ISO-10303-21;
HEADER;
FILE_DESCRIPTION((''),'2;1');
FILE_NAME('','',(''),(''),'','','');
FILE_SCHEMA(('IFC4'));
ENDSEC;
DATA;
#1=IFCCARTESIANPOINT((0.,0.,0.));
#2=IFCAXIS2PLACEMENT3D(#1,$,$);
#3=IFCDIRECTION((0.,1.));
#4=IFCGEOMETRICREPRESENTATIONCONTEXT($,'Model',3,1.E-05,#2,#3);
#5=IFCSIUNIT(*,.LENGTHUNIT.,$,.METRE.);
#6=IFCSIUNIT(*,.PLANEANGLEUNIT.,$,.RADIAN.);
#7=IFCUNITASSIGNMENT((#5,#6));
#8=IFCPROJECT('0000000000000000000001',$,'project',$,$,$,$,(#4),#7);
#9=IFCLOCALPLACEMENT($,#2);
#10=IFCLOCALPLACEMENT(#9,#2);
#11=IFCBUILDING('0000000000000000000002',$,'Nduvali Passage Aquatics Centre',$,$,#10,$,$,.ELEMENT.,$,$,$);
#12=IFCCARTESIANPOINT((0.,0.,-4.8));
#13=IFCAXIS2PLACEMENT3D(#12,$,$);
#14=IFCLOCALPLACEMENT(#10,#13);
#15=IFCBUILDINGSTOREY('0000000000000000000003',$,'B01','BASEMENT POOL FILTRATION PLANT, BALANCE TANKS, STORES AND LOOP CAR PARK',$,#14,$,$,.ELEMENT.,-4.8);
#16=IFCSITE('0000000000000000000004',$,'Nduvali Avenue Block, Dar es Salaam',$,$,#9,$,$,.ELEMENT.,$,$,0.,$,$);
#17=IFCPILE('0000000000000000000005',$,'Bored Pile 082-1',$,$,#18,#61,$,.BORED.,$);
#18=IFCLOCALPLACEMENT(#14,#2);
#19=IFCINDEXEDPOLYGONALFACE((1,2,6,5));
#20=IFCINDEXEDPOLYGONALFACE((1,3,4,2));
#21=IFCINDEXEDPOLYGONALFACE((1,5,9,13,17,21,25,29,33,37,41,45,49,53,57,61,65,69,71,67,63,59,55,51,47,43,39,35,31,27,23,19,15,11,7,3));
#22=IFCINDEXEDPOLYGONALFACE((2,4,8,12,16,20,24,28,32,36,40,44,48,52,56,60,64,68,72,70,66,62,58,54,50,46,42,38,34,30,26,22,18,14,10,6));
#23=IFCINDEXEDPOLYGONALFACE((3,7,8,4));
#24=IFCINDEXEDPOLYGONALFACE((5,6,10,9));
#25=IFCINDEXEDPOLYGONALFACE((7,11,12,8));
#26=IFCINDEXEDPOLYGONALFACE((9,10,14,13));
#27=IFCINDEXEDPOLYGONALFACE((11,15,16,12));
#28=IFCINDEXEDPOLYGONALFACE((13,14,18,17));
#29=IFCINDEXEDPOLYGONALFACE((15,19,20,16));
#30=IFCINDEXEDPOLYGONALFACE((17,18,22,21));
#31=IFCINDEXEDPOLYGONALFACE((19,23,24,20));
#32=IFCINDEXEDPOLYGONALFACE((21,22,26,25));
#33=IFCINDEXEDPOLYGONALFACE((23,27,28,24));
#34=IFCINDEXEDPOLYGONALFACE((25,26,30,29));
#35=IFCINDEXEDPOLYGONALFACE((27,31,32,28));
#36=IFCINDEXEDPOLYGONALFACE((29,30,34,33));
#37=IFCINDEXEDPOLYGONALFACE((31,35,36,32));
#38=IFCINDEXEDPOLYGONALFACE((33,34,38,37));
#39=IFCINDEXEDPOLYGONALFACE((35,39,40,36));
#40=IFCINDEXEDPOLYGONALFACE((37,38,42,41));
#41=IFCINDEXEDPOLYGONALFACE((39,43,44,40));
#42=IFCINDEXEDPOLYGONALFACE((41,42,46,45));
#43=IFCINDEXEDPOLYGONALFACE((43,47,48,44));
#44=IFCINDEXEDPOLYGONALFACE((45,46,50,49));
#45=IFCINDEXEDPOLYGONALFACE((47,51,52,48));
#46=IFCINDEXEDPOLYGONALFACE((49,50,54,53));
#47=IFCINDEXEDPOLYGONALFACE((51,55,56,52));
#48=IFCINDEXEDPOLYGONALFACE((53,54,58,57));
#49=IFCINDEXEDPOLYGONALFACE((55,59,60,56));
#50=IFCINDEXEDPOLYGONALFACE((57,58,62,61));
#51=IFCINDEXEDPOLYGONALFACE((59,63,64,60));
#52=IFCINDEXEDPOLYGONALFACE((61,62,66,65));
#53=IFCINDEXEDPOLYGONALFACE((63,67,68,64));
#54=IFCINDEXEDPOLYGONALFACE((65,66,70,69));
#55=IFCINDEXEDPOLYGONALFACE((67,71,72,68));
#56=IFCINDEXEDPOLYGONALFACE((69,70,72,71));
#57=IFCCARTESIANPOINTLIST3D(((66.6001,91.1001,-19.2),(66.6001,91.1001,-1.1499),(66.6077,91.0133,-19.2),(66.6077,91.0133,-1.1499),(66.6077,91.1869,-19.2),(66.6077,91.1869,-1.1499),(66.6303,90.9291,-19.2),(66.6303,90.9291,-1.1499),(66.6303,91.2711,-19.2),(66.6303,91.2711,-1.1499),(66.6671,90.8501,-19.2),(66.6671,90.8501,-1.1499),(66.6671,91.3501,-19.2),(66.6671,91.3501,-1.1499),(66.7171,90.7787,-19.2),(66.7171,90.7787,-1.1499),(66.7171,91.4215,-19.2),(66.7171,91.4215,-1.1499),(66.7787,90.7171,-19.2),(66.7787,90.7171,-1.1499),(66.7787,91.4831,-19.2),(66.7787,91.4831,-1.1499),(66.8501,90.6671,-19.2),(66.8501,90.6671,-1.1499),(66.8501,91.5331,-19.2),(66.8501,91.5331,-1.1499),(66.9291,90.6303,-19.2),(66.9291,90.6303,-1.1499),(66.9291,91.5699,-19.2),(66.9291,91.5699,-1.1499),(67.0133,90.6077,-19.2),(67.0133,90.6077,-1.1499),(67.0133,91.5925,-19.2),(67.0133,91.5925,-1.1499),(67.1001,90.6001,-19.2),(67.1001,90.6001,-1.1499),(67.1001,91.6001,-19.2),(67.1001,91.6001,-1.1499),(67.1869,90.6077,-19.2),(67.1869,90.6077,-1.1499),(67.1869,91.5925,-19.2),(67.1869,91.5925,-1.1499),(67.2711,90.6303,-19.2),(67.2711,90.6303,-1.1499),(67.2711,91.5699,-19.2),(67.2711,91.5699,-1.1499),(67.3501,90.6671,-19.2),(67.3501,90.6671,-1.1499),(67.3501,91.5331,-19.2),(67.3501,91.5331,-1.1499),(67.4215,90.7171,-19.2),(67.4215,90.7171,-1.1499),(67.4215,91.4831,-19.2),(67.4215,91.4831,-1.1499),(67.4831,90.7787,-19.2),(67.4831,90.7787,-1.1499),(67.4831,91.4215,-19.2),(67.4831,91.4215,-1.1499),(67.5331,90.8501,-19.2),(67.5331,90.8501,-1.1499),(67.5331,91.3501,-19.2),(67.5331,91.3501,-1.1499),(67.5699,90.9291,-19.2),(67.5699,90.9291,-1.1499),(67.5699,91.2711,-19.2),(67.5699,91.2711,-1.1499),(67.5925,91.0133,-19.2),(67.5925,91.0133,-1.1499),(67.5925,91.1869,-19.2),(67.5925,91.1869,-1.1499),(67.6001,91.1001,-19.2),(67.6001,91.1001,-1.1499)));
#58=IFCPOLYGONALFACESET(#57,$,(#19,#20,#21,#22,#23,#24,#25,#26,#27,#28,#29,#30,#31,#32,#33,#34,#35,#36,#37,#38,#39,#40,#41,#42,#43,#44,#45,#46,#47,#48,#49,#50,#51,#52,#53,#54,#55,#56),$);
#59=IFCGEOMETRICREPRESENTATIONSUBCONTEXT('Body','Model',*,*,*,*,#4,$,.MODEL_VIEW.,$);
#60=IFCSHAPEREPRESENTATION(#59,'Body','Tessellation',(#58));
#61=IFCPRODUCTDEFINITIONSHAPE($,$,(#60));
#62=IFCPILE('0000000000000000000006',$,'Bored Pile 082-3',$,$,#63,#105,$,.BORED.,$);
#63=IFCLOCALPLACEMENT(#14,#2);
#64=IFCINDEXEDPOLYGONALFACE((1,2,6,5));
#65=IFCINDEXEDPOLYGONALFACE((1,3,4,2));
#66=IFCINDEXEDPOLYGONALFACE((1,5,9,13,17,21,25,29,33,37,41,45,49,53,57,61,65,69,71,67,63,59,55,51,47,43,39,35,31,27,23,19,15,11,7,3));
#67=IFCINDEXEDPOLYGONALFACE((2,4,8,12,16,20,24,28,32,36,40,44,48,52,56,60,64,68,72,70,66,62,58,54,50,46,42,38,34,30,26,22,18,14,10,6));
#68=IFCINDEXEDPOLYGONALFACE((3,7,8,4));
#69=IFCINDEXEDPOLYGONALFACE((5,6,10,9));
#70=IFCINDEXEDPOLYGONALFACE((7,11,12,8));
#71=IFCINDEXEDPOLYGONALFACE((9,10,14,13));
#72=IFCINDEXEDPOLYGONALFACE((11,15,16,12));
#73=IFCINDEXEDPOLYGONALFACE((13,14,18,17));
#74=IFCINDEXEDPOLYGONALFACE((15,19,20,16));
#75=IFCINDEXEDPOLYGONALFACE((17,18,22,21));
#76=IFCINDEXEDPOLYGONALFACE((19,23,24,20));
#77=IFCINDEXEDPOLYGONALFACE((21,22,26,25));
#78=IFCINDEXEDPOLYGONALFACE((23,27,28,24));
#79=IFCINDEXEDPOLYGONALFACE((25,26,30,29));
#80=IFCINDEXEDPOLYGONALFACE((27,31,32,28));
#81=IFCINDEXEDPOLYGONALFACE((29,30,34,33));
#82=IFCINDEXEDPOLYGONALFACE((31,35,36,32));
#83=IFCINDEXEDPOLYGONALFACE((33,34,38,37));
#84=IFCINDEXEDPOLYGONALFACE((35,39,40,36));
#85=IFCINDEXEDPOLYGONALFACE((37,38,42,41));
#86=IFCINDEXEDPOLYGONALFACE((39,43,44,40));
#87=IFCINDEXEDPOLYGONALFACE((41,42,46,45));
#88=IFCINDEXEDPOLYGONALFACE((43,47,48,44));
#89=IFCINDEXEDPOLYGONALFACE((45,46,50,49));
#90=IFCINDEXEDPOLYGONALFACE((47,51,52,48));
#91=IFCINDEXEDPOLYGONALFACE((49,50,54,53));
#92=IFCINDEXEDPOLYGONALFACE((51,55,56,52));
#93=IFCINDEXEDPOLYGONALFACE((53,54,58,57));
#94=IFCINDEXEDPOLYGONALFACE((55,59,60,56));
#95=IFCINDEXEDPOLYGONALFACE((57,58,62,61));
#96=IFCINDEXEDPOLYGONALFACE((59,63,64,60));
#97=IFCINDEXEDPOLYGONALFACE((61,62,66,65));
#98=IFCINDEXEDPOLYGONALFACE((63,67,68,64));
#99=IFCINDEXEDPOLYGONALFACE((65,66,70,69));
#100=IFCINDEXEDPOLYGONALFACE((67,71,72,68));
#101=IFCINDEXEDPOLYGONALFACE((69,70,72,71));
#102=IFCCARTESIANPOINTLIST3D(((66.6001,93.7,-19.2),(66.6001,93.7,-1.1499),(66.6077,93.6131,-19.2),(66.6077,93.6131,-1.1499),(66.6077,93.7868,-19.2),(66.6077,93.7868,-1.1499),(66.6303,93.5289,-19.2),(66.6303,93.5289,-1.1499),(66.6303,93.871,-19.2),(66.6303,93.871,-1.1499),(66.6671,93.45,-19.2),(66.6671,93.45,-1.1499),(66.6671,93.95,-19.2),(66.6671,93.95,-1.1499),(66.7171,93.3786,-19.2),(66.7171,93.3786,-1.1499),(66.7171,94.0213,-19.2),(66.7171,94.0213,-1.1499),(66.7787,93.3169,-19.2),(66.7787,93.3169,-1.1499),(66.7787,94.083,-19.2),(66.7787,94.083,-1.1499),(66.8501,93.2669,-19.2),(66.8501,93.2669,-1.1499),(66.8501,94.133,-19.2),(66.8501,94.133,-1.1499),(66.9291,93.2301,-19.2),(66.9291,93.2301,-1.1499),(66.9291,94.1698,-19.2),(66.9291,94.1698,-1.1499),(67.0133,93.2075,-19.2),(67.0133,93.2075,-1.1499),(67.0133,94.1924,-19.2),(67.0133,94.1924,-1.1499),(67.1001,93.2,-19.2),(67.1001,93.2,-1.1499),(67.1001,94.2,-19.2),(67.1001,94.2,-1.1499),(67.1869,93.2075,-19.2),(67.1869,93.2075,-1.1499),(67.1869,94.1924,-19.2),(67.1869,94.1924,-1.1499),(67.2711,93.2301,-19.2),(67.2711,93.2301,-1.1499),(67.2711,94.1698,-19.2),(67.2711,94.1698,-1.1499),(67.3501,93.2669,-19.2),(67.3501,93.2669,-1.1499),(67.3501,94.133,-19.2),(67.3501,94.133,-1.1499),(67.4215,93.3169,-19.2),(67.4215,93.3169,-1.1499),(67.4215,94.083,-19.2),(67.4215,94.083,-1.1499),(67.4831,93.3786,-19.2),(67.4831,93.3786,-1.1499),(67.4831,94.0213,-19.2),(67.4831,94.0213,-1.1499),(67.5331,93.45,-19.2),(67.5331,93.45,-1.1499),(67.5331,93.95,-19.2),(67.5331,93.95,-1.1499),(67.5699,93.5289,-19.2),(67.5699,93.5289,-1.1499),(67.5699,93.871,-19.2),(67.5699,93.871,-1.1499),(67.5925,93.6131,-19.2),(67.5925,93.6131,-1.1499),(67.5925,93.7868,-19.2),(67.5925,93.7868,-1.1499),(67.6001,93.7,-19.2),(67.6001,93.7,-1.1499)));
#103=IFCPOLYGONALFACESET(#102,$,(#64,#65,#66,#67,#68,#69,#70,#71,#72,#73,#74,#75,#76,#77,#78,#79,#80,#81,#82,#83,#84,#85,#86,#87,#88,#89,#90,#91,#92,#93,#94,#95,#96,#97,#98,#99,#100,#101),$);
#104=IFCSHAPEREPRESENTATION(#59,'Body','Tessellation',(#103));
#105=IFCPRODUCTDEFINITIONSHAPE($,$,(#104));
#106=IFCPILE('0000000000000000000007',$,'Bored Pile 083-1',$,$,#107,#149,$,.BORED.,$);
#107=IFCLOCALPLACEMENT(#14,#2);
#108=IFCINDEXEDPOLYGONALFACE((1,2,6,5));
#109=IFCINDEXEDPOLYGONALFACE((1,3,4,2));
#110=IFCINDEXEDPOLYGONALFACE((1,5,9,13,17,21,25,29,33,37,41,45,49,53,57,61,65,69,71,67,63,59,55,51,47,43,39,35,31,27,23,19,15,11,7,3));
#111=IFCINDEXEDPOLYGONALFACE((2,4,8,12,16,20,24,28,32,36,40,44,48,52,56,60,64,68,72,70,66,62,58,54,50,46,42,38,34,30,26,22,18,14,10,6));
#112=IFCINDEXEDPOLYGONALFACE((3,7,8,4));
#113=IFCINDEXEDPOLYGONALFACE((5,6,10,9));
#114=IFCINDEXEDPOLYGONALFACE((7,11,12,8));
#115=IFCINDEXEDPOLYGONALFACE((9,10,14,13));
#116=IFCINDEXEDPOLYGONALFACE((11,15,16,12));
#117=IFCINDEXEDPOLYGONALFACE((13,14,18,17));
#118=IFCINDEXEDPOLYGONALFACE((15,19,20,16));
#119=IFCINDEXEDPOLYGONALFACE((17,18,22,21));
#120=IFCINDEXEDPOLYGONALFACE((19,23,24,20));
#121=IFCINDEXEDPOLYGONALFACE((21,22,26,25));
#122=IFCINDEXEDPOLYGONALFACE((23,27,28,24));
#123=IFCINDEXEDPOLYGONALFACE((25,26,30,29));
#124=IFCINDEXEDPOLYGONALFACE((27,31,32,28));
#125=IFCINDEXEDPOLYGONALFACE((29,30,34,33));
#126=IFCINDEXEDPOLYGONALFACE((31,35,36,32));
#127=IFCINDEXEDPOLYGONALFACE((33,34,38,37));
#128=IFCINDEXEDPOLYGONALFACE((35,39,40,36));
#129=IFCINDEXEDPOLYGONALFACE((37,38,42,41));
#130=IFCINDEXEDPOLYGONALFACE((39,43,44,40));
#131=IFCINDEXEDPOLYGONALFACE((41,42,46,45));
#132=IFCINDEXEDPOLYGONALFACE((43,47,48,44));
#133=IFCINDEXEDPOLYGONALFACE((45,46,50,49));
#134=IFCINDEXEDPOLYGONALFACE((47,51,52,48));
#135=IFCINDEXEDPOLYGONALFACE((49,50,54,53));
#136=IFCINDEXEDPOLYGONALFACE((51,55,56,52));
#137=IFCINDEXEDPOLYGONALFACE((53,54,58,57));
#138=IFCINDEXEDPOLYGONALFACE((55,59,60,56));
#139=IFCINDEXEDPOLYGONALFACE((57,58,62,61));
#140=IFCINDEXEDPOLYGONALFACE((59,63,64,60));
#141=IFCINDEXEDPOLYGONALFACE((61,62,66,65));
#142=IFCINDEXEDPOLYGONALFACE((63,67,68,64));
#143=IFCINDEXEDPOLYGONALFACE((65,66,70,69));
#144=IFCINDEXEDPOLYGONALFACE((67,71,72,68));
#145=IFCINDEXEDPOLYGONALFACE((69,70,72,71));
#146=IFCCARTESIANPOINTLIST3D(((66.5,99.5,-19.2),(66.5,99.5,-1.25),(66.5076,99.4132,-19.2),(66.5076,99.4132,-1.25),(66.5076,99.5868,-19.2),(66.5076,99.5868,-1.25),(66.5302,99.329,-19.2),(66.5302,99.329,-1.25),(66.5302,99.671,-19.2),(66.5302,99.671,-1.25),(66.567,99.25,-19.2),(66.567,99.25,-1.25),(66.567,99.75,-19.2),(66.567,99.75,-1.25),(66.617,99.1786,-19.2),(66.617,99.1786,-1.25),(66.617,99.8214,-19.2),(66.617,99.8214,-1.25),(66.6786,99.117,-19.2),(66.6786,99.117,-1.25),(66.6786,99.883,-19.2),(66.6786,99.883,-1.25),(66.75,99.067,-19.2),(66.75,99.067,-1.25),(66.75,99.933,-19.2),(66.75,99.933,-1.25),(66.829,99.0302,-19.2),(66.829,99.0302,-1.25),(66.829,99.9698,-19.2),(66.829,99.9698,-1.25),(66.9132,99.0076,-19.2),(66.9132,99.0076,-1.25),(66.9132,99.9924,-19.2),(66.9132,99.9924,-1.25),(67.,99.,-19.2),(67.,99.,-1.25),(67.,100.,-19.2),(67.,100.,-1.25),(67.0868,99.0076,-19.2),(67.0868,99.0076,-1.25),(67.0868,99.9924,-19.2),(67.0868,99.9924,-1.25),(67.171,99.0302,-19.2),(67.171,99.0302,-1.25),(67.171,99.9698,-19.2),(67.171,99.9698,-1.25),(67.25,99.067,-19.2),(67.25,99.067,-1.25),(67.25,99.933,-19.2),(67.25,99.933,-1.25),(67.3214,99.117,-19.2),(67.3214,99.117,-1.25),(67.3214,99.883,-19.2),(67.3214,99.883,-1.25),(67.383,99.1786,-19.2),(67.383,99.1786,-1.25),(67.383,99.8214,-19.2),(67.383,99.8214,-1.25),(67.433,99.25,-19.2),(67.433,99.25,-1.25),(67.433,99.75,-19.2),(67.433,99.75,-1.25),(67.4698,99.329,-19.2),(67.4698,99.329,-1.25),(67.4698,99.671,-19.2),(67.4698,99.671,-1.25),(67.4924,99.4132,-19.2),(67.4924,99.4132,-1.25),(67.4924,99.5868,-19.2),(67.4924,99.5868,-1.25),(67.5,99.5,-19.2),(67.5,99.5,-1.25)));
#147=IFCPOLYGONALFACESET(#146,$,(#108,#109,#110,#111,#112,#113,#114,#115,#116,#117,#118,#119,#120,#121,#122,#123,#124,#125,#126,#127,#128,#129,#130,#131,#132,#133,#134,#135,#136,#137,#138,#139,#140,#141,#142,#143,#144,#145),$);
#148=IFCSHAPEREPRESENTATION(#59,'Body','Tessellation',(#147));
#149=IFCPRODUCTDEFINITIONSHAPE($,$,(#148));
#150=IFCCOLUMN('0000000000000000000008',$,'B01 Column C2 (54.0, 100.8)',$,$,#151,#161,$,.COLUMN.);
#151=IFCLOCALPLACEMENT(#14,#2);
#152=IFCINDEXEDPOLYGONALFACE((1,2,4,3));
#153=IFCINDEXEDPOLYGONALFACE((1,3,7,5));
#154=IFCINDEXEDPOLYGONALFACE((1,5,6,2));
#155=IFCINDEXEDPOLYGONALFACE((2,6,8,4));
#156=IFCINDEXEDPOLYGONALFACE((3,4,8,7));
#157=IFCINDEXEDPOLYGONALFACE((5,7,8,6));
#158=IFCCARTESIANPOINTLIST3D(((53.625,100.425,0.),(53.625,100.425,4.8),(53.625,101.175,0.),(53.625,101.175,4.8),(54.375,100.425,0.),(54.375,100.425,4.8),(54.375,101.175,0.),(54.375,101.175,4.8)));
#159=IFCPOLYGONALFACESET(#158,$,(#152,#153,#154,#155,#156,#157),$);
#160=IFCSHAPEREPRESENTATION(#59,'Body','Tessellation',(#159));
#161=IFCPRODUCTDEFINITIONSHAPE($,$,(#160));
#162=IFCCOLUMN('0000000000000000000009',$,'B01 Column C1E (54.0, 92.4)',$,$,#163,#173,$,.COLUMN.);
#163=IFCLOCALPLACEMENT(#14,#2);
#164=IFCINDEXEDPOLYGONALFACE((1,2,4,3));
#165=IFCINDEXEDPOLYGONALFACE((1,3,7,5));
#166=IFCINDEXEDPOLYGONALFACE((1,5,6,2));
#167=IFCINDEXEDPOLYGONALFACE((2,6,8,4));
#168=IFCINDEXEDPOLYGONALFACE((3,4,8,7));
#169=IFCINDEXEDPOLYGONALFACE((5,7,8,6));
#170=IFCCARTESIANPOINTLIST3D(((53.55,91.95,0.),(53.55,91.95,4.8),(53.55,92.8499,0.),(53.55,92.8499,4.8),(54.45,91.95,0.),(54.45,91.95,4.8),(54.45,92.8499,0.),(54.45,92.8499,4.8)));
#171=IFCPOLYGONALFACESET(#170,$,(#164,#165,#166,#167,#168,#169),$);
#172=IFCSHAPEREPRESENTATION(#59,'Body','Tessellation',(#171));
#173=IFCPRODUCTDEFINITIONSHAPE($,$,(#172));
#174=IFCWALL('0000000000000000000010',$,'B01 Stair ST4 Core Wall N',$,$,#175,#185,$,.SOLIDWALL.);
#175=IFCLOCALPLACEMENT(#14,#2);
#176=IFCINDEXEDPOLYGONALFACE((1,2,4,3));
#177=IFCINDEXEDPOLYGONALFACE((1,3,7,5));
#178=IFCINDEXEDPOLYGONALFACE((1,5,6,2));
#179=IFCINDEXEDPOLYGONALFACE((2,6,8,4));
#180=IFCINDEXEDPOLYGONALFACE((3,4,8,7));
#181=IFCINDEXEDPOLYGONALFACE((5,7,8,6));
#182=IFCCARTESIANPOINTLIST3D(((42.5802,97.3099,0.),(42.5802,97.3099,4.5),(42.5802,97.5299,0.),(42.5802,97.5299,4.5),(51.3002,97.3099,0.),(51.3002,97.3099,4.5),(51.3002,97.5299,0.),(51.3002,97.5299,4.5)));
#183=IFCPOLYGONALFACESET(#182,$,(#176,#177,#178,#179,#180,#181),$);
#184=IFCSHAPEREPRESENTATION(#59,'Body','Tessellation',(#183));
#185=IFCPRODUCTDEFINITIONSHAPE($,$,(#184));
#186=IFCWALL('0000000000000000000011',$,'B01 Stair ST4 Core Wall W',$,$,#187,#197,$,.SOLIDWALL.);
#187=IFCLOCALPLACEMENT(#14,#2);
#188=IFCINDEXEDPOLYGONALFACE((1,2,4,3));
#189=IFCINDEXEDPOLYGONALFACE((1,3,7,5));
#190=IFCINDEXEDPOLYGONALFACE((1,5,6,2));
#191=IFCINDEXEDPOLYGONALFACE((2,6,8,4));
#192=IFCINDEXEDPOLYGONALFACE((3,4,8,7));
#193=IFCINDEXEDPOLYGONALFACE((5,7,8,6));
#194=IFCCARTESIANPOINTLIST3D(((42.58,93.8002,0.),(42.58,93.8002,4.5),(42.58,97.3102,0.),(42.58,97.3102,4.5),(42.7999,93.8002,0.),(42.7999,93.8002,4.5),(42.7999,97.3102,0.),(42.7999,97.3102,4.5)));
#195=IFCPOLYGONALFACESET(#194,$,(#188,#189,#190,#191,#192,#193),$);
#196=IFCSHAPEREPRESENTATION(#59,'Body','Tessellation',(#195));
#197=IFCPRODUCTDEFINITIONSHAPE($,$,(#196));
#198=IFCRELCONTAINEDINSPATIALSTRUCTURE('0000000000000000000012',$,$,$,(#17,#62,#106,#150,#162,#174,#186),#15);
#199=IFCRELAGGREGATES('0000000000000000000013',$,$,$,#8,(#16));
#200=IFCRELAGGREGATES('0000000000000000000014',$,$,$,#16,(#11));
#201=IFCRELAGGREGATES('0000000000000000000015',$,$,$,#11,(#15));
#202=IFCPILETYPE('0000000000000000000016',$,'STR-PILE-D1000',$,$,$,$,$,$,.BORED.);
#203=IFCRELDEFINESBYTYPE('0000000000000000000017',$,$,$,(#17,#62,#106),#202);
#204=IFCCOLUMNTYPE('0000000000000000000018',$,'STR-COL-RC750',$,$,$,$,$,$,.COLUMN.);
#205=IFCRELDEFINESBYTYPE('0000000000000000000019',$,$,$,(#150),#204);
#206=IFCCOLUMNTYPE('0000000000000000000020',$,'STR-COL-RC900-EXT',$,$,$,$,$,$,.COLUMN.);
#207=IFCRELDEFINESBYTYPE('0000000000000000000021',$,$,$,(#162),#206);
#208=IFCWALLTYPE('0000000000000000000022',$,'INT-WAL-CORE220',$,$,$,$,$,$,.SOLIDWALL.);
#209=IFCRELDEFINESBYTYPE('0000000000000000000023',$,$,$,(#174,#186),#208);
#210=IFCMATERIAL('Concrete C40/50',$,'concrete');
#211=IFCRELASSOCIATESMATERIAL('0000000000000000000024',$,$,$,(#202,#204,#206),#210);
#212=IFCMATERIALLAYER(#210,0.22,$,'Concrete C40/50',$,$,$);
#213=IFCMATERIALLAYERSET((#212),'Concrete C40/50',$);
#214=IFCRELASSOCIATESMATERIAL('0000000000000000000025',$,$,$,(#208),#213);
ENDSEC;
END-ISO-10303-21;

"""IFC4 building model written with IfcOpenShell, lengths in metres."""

from ifc_helpers import new_model, si_unit, direction, frame, frame_2d, origin, origin_2d, place, context, subcontext, project, spatial, rectangle, circle, extrude, material, layer, layer_set, material_profile, profile_set, type_object, element, save


model = new_model("IFC4")

# Units and contexts
model_context = context("Model", 3, precision=1e-05, world=origin(), true_north=direction((0.0, 1.0)))
body_context = subcontext(model_context, "Body", "Model", "MODEL_VIEW")
ifc_project = project(units=[si_unit("LENGTHUNIT", "METRE"), si_unit("PLANEANGLEUNIT", "RADIAN")], contexts=[model_context])

# Site, building, storey
site_placement = place(None, origin())
site = spatial("IfcSite", under=ifc_project, at=site_placement, Name="Nduvali Avenue Block, Dar es Salaam", CompositionType="ELEMENT", RefElevation=0.0)
building_placement = place(site_placement, origin())
building = spatial("IfcBuilding", under=site, at=building_placement, Name="Nduvali Passage Aquatics Centre", CompositionType="ELEMENT")
storey_placement = place(building_placement, frame((0.0, 0.0, -4.8)))
storey = spatial("IfcBuildingStorey", under=building, at=storey_placement, Name="B01", Description="BASEMENT POOL FILTRATION PLANT, BALANCE TANKS, STORES AND LOOP CAR PARK", CompositionType="ELEMENT", Elevation=-4.8)

# Shared definitions
ifc_material = material(Name="Concrete C40/50", Category="concrete")

# Piles
ifc_material_profile_1 = material_profile(ifc_material, circle(Radius=0.5, at=origin_2d()), Name="PILE D1000")
ifc_profile_set_1 = profile_set([ifc_material_profile_1], Name="Concrete C40/50")
pile_type = type_object("IfcPileType", Name="STR-PILE-D1000", PredefinedType="BORED", material=ifc_profile_set_1)
for number, where, z_axis, x_axis, name in (
    (1, (67.1001, 91.1001, -1.1499), (0.0, 0.0, -1.0), (1.0, 0.0, 0.0), "Bored Pile 082-1"),
    (2, (67.1001, 93.7, -1.1499), (0.0, 0.0, -1.0), (1.0, 0.0, 0.0), "Bored Pile 082-3"),
):
    element("IfcPile", number, at=place(storey_placement, frame(where, z_axis=z_axis, x_axis=x_axis)), inside=storey, type_object=pile_type, Name=name, PredefinedType="BORED", context=body_context, shape_type="SweptSolid", body=[
        extrude(circle(Radius=0.5, at=origin_2d()), origin(), (0.0, 0.0, 1.0), 18.05),
    ])
pile_placement = place(storey_placement, frame((67.0, 99.5, -1.25), z_axis=(0.0, 0.0, -1.0), x_axis=(1.0, 0.0, 0.0)))
element("IfcPile", 3, at=pile_placement, inside=storey, type_object=pile_type, Name="Bored Pile 083-1", PredefinedType="BORED", context=body_context, shape_type="SweptSolid", body=[
    extrude(circle(Radius=0.5, at=origin_2d()), origin(), (0.0, 0.0, 1.0), 17.95),
])

# Columns
ifc_material_profile_2 = material_profile(ifc_material, rectangle(XDim=0.75, YDim=0.75, at=origin_2d()), Name="RC 750x750")
ifc_profile_set_2 = profile_set([ifc_material_profile_2], Name="Concrete C40/50")
column_type_1 = type_object("IfcColumnType", Name="STR-COL-RC750", PredefinedType="COLUMN", material=ifc_profile_set_2)
column_1_placement = place(storey_placement, frame((54.0, 100.8, 0.0), z_axis=(0.0, 0.0, 1.0), x_axis=(1.0, 0.0, 0.0)))
element("IfcColumn", 4, at=column_1_placement, inside=storey, type_object=column_type_1, Name="B01 Column C2 (54.0, 100.8)", PredefinedType="COLUMN", context=body_context, shape_type="SweptSolid", body=[
    extrude(rectangle(XDim=0.75, YDim=0.75, at=origin_2d()), origin(), (0.0, 0.0, 1.0), 4.8),
])
ifc_material_profile_3 = material_profile(ifc_material, rectangle(XDim=0.8999, YDim=0.8999, at=origin_2d()), Name="RC 900x900")
ifc_profile_set_3 = profile_set([ifc_material_profile_3], Name="Concrete C40/50")
column_type_2 = type_object("IfcColumnType", Name="STR-COL-RC900-EXT", PredefinedType="COLUMN", material=ifc_profile_set_3)
column_2_placement = place(storey_placement, frame((54.0, 92.3999, 0.0), z_axis=(0.0, 0.0, 1.0), x_axis=(1.0, 0.0, 0.0)))
element("IfcColumn", 5, at=column_2_placement, inside=storey, type_object=column_type_2, Name="B01 Column C1E (54.0, 92.4)", PredefinedType="COLUMN", context=body_context, shape_type="SweptSolid", body=[
    extrude(rectangle(XDim=0.8999, YDim=0.8999, at=origin_2d()), origin(), (0.0, 0.0, 1.0), 4.8),
])

# Walls
ifc_layer_1 = layer(ifc_material, 0.22, Name="Concrete C40/50")
ifc_layer_set_1 = layer_set([ifc_layer_1], Name="Concrete C40/50")
wall_type_1 = type_object("IfcWallType", Name="INT-WAL-CORE220", PredefinedType="SOLIDWALL", material=ifc_layer_set_1)
wall_1_placement = place(storey_placement, frame((51.3, 97.4199, 0.0), z_axis=(0.0, 0.0, 1.0), x_axis=(-1.0, 0.0, 0.0)))
element("IfcWall", 6, at=wall_1_placement, inside=storey, type_object=wall_type_1, Name="B01 Stair ST4 Core Wall N", PredefinedType="SOLIDWALL", context=body_context, shape_type="SweptSolid", body=[
    extrude(rectangle(XDim=8.72, YDim=0.22, at=frame_2d((4.3599, 0.0))), origin(), (0.0, 0.0, 1.0), 4.5),
])
wall_2_placement = place(storey_placement, frame((42.6899, 97.3101, 0.0), z_axis=(0.0, 0.0, 1.0), x_axis=(0.0, -1.0, 0.0)))
element("IfcWall", 7, at=wall_2_placement, inside=storey, type_object=wall_type_1, Name="B01 Stair ST4 Core Wall W", PredefinedType="SOLIDWALL", context=body_context, shape_type="SweptSolid", body=[
    extrude(rectangle(XDim=3.51, YDim=0.22, at=frame_2d((1.7549, 0.0))), origin(), (0.0, 0.0, 1.0), 4.5),
])

save(model, "model.ifc")
